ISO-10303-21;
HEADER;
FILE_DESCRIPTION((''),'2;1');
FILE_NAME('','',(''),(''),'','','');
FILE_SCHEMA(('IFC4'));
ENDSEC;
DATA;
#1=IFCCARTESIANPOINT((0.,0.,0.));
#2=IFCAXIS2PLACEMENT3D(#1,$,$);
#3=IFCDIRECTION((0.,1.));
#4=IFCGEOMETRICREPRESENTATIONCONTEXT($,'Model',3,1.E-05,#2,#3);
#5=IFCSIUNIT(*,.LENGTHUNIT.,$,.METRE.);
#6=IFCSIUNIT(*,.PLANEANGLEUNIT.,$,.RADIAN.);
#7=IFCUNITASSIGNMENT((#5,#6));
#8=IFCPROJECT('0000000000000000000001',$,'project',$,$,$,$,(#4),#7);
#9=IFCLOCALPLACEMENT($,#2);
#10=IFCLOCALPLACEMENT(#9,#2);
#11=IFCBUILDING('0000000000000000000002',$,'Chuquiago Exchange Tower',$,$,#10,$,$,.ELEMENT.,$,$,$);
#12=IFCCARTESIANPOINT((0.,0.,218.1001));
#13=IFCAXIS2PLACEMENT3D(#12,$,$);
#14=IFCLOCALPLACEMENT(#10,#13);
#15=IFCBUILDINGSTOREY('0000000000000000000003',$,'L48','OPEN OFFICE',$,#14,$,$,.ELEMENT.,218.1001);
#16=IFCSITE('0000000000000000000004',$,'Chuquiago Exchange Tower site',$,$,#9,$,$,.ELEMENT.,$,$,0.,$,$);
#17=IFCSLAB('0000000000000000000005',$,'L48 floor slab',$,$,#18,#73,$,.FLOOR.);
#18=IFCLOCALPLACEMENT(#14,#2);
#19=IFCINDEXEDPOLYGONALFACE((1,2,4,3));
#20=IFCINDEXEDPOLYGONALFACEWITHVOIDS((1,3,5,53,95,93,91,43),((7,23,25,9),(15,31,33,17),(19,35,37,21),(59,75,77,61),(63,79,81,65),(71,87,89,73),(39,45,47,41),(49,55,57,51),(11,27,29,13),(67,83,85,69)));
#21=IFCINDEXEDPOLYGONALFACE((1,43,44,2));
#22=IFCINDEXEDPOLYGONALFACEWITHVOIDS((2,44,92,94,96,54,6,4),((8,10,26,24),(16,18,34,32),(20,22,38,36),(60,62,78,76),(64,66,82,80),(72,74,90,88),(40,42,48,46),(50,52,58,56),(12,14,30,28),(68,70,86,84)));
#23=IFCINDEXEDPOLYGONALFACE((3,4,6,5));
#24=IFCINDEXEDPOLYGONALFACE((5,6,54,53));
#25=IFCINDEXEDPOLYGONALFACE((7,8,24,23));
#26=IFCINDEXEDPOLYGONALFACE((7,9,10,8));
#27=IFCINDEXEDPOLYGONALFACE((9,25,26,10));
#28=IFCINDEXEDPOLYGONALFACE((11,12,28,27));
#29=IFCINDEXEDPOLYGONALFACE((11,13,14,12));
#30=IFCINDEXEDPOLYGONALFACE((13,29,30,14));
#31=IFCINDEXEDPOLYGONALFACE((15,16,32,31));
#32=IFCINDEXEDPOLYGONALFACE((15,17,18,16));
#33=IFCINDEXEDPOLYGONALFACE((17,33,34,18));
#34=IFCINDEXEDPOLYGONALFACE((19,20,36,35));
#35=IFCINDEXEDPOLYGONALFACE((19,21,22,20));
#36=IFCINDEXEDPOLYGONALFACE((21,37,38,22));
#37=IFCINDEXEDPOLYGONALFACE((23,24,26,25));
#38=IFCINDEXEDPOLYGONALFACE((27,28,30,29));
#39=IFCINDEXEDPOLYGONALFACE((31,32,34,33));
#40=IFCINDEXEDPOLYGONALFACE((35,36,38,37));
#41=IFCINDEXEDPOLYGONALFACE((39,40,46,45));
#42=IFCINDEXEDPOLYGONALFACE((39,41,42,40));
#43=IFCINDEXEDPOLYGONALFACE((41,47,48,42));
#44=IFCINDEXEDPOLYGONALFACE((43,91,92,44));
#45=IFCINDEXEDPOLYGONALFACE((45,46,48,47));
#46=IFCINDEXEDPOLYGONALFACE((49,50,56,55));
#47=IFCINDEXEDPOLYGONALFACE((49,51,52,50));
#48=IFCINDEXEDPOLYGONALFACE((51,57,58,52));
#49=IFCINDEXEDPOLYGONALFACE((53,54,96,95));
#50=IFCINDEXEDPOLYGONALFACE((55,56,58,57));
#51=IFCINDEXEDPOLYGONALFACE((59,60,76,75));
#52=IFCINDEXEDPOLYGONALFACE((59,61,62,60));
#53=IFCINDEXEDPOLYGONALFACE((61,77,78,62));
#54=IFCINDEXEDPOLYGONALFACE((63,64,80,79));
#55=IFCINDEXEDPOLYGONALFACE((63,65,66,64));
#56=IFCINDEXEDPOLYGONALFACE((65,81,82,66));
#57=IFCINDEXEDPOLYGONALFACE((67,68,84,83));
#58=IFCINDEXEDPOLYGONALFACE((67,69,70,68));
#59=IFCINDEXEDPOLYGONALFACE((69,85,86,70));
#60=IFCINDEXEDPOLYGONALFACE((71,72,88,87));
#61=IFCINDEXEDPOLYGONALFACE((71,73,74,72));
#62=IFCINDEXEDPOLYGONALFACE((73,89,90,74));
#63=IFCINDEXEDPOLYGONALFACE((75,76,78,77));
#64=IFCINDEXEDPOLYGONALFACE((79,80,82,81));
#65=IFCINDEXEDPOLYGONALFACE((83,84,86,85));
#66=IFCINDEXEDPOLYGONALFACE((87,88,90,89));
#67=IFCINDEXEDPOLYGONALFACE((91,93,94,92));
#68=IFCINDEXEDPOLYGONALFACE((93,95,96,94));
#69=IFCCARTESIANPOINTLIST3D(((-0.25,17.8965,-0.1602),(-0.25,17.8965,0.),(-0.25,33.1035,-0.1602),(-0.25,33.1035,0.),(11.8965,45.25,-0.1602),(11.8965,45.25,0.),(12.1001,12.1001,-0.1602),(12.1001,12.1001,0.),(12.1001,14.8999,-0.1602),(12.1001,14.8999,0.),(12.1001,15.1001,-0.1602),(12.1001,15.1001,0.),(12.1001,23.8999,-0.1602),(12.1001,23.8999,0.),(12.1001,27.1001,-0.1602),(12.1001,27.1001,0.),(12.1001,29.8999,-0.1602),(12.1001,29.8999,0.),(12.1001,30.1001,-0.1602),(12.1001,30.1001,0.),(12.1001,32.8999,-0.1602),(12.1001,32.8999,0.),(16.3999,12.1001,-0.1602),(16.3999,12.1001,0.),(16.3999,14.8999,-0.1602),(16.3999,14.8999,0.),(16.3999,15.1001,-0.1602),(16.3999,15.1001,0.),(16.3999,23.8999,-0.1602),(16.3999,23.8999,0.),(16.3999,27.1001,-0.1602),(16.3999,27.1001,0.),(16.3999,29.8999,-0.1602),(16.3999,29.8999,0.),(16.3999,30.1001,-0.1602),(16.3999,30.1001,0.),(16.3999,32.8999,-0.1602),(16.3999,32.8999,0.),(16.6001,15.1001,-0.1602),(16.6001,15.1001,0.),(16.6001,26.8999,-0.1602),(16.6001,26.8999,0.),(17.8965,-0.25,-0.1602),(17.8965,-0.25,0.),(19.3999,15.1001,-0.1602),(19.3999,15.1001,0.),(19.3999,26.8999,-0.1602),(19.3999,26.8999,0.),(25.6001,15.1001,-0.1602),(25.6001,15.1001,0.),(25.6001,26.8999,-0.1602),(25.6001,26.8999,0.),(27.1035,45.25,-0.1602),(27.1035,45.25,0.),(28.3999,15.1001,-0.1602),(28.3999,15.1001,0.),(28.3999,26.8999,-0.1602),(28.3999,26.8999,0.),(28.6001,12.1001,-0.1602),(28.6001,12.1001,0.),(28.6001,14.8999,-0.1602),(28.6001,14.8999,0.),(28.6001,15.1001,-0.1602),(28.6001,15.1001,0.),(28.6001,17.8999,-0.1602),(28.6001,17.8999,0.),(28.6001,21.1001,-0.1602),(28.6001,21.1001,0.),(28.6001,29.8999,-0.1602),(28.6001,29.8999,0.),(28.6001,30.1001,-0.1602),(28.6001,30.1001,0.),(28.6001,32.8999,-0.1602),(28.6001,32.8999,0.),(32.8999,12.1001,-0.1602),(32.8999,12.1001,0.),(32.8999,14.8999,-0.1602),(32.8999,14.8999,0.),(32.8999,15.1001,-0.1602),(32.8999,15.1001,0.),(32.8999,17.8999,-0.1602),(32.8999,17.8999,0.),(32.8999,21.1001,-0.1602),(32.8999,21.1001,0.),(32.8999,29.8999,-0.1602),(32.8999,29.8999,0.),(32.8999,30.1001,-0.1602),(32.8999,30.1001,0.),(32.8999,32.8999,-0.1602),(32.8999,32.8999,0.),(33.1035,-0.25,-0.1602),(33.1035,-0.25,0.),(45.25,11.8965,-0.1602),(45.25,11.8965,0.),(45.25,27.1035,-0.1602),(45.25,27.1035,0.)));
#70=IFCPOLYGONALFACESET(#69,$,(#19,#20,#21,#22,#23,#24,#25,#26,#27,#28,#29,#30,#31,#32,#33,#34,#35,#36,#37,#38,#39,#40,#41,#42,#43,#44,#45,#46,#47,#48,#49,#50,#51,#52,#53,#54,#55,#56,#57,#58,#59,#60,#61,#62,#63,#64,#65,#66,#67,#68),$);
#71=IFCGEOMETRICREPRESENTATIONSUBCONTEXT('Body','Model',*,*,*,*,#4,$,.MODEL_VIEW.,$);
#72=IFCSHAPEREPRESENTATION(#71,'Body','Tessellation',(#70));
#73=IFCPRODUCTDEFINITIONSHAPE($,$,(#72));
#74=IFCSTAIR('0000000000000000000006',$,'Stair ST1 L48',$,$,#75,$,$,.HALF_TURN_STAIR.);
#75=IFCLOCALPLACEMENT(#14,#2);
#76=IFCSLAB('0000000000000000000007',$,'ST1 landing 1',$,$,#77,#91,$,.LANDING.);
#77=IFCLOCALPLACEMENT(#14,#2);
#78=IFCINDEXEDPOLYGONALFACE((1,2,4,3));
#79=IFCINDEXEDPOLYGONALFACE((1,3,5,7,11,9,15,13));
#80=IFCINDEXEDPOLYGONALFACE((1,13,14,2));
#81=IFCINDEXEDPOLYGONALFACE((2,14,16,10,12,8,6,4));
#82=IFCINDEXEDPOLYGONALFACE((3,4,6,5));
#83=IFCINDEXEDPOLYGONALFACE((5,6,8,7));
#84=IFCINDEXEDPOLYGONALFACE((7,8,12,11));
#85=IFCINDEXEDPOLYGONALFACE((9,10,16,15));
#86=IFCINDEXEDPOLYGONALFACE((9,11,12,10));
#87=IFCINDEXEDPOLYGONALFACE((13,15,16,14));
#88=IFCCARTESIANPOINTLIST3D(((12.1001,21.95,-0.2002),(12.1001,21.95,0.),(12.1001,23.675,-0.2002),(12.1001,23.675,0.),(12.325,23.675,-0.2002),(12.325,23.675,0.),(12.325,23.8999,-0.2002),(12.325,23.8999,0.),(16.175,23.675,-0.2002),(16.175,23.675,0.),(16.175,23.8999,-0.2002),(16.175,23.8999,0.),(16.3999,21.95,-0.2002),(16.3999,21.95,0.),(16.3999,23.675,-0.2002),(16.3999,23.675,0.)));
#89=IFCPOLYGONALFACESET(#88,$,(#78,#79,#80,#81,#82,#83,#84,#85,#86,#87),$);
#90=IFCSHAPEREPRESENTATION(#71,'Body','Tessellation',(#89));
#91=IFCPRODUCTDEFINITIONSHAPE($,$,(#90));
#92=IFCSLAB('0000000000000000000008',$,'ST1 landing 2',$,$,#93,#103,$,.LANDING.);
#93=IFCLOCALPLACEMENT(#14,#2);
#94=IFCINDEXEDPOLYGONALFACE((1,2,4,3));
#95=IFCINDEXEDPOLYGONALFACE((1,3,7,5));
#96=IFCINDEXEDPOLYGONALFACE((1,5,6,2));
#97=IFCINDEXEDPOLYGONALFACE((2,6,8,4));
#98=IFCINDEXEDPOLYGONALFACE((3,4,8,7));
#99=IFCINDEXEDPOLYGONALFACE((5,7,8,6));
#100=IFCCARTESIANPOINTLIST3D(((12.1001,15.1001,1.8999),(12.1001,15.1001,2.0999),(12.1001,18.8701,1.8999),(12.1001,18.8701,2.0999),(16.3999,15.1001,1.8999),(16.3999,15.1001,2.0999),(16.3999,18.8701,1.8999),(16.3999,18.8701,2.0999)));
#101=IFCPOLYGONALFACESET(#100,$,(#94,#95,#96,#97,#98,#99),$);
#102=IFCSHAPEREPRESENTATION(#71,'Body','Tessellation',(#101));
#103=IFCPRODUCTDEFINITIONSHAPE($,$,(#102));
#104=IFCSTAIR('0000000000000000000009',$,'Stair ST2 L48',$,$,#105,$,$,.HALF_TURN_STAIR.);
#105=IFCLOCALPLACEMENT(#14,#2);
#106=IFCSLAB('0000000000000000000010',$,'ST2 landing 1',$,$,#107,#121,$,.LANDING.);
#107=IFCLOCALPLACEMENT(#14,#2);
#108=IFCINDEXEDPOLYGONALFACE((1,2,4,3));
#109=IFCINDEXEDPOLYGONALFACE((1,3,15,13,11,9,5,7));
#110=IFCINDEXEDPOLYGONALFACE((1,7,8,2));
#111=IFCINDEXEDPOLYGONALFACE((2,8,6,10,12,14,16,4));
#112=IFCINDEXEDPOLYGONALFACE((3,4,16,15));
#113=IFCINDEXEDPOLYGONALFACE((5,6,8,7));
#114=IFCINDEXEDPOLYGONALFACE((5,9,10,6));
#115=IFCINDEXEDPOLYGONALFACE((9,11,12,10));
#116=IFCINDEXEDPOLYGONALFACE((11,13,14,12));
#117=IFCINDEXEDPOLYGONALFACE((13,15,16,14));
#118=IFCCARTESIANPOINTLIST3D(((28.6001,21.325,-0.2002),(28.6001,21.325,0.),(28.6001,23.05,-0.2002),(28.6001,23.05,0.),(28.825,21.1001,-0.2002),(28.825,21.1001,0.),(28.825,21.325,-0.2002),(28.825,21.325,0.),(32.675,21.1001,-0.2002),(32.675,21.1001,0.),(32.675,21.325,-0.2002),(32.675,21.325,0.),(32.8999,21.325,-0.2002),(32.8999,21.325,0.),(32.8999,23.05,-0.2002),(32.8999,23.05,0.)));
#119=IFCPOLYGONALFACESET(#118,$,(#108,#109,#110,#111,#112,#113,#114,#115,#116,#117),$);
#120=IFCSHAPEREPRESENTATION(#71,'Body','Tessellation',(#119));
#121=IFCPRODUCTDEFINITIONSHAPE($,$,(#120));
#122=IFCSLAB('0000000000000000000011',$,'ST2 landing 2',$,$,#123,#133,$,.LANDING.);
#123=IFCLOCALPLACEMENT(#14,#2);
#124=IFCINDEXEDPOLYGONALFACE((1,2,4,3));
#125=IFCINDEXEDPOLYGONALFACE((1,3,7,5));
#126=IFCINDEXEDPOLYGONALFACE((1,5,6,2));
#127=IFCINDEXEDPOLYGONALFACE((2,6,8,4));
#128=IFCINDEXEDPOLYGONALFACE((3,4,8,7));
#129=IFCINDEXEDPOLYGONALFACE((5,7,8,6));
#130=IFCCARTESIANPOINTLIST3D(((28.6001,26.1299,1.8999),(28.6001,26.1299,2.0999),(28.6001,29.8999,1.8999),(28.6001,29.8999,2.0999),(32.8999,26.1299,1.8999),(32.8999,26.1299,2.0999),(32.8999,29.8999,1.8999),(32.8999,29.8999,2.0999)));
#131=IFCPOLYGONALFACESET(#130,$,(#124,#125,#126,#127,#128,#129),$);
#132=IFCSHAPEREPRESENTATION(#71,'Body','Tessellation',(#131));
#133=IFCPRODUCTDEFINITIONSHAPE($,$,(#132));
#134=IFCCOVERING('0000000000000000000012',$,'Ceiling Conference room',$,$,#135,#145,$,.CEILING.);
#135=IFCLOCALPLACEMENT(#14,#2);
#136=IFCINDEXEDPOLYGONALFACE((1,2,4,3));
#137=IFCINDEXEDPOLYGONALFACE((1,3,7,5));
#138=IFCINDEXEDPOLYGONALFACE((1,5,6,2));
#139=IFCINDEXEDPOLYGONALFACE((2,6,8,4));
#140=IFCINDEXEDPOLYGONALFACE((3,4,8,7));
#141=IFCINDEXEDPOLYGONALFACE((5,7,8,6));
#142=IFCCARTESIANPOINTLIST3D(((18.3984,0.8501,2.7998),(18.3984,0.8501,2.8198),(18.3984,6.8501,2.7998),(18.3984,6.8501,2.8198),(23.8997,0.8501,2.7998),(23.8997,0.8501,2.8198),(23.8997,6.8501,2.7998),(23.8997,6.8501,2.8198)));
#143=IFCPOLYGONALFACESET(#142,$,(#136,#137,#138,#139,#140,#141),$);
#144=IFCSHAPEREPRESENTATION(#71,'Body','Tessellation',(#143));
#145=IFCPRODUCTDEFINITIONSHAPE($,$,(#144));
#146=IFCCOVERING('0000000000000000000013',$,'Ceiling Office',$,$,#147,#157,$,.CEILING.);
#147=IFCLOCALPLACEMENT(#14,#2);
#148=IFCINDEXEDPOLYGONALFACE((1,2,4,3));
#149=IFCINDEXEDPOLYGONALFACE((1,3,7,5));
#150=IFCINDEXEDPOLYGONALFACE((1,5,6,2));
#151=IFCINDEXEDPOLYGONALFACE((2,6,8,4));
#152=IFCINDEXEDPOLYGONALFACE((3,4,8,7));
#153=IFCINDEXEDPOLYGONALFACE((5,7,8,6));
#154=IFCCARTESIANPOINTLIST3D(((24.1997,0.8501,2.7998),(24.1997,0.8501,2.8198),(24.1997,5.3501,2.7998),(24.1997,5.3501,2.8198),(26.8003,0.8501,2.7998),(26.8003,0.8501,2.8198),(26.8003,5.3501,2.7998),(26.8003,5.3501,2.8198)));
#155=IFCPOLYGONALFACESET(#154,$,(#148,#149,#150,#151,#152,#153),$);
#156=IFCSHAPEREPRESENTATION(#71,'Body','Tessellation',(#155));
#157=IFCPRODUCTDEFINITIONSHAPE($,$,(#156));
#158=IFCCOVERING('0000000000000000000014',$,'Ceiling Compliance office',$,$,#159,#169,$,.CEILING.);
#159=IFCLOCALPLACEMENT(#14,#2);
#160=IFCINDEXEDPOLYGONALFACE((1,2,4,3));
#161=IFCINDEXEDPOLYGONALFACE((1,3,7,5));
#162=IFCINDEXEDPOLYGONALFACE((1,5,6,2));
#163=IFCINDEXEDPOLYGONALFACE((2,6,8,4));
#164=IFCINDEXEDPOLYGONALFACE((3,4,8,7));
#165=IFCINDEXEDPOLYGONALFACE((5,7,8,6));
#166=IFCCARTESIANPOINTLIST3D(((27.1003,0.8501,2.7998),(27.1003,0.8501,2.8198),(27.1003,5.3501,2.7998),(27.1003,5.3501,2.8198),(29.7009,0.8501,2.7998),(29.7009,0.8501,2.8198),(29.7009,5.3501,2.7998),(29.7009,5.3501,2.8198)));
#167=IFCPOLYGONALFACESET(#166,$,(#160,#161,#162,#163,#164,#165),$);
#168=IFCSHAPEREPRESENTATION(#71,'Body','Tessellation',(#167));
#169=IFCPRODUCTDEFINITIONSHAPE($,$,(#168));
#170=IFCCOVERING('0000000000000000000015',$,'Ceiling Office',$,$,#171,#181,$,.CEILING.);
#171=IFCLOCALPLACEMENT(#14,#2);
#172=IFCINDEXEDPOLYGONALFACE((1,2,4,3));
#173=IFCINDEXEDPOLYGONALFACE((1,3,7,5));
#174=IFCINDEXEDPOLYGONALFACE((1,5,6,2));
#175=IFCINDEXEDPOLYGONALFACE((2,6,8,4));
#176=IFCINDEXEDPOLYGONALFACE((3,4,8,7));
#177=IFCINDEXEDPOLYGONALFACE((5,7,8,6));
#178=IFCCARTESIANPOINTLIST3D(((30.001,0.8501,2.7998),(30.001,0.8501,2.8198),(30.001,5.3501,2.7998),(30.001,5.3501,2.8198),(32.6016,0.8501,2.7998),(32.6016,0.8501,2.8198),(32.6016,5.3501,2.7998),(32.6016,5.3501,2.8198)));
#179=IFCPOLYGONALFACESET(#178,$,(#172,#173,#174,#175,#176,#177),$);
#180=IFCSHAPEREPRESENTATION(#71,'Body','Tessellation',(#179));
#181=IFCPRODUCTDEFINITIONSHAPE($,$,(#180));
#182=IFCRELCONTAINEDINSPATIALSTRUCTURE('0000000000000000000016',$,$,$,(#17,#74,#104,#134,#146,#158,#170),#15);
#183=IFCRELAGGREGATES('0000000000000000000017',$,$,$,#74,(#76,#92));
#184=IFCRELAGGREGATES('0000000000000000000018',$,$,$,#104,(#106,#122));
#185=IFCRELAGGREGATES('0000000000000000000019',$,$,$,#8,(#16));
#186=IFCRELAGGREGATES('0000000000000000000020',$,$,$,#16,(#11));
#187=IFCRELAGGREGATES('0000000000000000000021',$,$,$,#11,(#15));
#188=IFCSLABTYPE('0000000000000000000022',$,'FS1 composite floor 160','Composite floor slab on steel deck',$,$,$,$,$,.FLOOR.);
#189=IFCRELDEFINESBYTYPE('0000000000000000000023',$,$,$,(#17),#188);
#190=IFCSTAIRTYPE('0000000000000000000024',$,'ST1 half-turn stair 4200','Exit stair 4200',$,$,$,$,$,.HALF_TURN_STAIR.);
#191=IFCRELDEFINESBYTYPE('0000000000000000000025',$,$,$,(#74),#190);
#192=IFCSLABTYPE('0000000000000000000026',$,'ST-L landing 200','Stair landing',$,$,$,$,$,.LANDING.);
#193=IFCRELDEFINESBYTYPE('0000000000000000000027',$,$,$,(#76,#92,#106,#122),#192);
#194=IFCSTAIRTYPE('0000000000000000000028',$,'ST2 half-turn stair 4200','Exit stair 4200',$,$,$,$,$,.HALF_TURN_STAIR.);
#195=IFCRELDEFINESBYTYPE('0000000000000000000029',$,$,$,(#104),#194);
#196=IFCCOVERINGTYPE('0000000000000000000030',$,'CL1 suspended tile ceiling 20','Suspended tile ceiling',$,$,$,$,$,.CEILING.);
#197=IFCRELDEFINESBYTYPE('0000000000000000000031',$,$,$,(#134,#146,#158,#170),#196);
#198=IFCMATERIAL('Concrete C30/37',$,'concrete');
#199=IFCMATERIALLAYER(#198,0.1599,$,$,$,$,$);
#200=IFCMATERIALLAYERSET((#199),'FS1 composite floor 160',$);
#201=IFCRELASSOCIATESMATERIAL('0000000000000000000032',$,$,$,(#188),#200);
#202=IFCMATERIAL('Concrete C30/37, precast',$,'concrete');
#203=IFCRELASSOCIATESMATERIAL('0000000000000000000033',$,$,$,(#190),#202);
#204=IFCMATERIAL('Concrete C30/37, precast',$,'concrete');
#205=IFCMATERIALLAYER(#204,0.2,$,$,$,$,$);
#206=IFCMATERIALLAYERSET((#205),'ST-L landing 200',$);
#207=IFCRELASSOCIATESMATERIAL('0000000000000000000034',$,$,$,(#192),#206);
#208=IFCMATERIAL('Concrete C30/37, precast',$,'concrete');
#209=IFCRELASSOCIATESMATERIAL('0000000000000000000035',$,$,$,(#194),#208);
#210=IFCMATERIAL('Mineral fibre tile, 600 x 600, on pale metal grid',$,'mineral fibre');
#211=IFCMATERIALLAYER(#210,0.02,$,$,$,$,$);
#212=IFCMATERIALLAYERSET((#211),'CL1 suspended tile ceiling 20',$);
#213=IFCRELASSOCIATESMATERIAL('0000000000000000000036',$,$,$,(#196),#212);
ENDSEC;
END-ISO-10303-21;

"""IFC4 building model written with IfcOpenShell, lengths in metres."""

from ifc_helpers import new_model, si_unit, direction, frame, origin, place, context, subcontext, project, spatial, polyline, outline, extrude, material, layer, layer_set, type_object, element, aggregate, save


model = new_model("IFC4")

# Units and contexts
model_context = context("Model", 3, precision=1e-05, world=origin(), true_north=direction((0.0, 1.0)))
body_context = subcontext(model_context, "Body", "Model", "MODEL_VIEW")
ifc_project = project(units=[si_unit("LENGTHUNIT", "METRE"), si_unit("PLANEANGLEUNIT", "RADIAN")], contexts=[model_context])

# Site, building, storey
site_placement = place(None, origin())
site = spatial("IfcSite", under=ifc_project, at=site_placement, Name="Chuquiago Exchange Tower site", CompositionType="ELEMENT", RefElevation=0.0)
building_placement = place(site_placement, origin())
building = spatial("IfcBuilding", under=site, at=building_placement, Name="Chuquiago Exchange Tower", CompositionType="ELEMENT")
storey_placement = place(building_placement, frame((0.0, 0.0, 218.1001)))
storey = spatial("IfcBuildingStorey", under=building, at=storey_placement, Name="L48", Description="OPEN OFFICE", CompositionType="ELEMENT", Elevation=218.1001)

# Slab
ifc_material_1 = material(Name="Concrete C30/37", Category="concrete")
ifc_layer_1 = layer(ifc_material_1, 0.1599)
ifc_layer_set_1 = layer_set([ifc_layer_1], Name="FS1 composite floor 160")
slab_type_1 = type_object("IfcSlabType", Name="FS1 composite floor 160", Description="Composite floor slab on steel deck", PredefinedType="FLOOR", material=ifc_layer_set_1)
slab_1_placement = place(storey_placement, frame((0.0, 0.0, -0.1602)))
element("IfcSlab", 1, at=slab_1_placement, inside=storey, type_object=slab_type_1, Name="L48 floor slab", PredefinedType="FLOOR", context=body_context, shape_type="SweptSolid", body=[
    extrude(outline(polyline([(17.8965, -0.25), (-0.25, 17.8965), (-0.25, 33.1035), (11.8965, 45.25), (27.1035, 45.25), (45.25, 27.1035), (45.25, 11.8965), (33.1035, -0.25), (17.8965, -0.25)]), holes=[polyline([(16.3999, 15.1001), (12.1001, 15.1001), (12.1001, 23.8999), (16.3999, 23.8999), (16.3999, 15.1001)]), polyline([(32.8999, 21.1001), (28.6001, 21.1001), (28.6001, 29.8999), (32.8999, 29.8999), (32.8999, 21.1001)]), polyline([(16.3999, 12.1001), (12.1001, 12.1001), (12.1001, 14.8999), (16.3999, 14.8999), (16.3999, 12.1001)]), polyline([(16.3999, 30.1001), (12.1001, 30.1001), (12.1001, 32.8999), (16.3999, 32.8999), (16.3999, 30.1001)]), polyline([(32.8999, 12.1001), (28.6001, 12.1001), (28.6001, 14.8999), (32.8999, 14.8999), (32.8999, 12.1001)]), polyline([(32.8999, 30.1001), (28.6001, 30.1001), (28.6001, 32.8999), (32.8999, 32.8999), (32.8999, 30.1001)]), polyline([(16.3999, 27.1001), (12.1001, 27.1001), (12.1001, 29.8999), (16.3999, 29.8999), (16.3999, 27.1001)]), polyline([(32.8999, 15.1001), (28.6001, 15.1001), (28.6001, 17.8999), (32.8999, 17.8999), (32.8999, 15.1001)]), polyline([(19.3999, 15.1001), (16.6001, 15.1001), (16.6001, 26.8999), (19.3999, 26.8999), (19.3999, 15.1001)]), polyline([(28.3999, 15.1001), (25.6001, 15.1001), (25.6001, 26.8999), (28.3999, 26.8999), (28.3999, 15.1001)])]), origin(), (0.0, 0.0, 1.0), 0.1602),
])

# Stairs, slabs
ifc_material_2 = material(Name="Concrete C30/37, precast", Category="concrete")
stair_type_1 = type_object("IfcStairType", Name="ST1 half-turn stair 4200", Description="Exit stair 4200", PredefinedType="HALF_TURN_STAIR", material=ifc_material_2)
stair_1_placement = place(storey_placement, origin())
stair_1 = element("IfcStair", 2, at=stair_1_placement, inside=storey, type_object=stair_type_1, Name="Stair ST1 L48", PredefinedType="HALF_TURN_STAIR")
ifc_material_3 = material(Name="Concrete C30/37, precast", Category="concrete")
ifc_layer_2 = layer(ifc_material_3, 0.2)
ifc_layer_set_2 = layer_set([ifc_layer_2], Name="ST-L landing 200")
slab_type_2 = type_object("IfcSlabType", Name="ST-L landing 200", Description="Stair landing", PredefinedType="LANDING", material=ifc_layer_set_2)
slab_2_placement = place(storey_placement, frame((0.0, 0.0, -0.2002)))
slab_2 = element("IfcSlab", 3, at=slab_2_placement, type_object=slab_type_2, Name="ST1 landing 1", PredefinedType="LANDING", context=body_context, shape_type="SweptSolid", body=[
    extrude(outline(polyline([(12.325, 23.8999), (16.175, 23.8999), (16.175, 23.675), (16.3999, 23.675), (16.3999, 21.95), (12.1001, 21.95), (12.1001, 23.675), (12.325, 23.675), (12.325, 23.8999)])), origin(), (0.0, 0.0, 1.0), 0.2002),
])
slab_3_placement = place(storey_placement, frame((0.0, 0.0, 1.8999)))
slab_3 = element("IfcSlab", 4, at=slab_3_placement, type_object=slab_type_2, Name="ST1 landing 2", PredefinedType="LANDING", context=body_context, shape_type="SweptSolid", body=[
    extrude(outline(polyline([(12.1001, 18.8701), (16.3999, 18.8701), (16.3999, 15.1001), (12.1001, 15.1001), (12.1001, 18.8701)])), origin(), (0.0, 0.0, 1.0), 0.2),
])
aggregate(stair_1, [slab_2, slab_3])
ifc_material_4 = material(Name="Concrete C30/37, precast", Category="concrete")
stair_type_2 = type_object("IfcStairType", Name="ST2 half-turn stair 4200", Description="Exit stair 4200", PredefinedType="HALF_TURN_STAIR", material=ifc_material_4)
stair_2_placement = place(storey_placement, origin())
stair_2 = element("IfcStair", 5, at=stair_2_placement, inside=storey, type_object=stair_type_2, Name="Stair ST2 L48", PredefinedType="HALF_TURN_STAIR")
slab_4_placement = place(storey_placement, frame((0.0, 0.0, -0.2002)))
slab_4 = element("IfcSlab", 6, at=slab_4_placement, type_object=slab_type_2, Name="ST2 landing 1", PredefinedType="LANDING", context=body_context, shape_type="SweptSolid", body=[
    extrude(outline(polyline([(32.675, 21.325), (32.675, 21.1001), (28.825, 21.1001), (28.825, 21.325), (28.6001, 21.325), (28.6001, 23.05), (32.8999, 23.05), (32.8999, 21.325), (32.675, 21.325)])), origin(), (0.0, 0.0, 1.0), 0.2002),
])
slab_5_placement = place(storey_placement, frame((0.0, 0.0, 1.8999)))
slab_5 = element("IfcSlab", 7, at=slab_5_placement, type_object=slab_type_2, Name="ST2 landing 2", PredefinedType="LANDING", context=body_context, shape_type="SweptSolid", body=[
    extrude(outline(polyline([(28.6001, 29.8999), (32.8999, 29.8999), (32.8999, 26.1299), (28.6001, 26.1299), (28.6001, 29.8999)])), origin(), (0.0, 0.0, 1.0), 0.2),
])
aggregate(stair_2, [slab_4, slab_5])

# Coverings
ifc_material_5 = material(Name="Mineral fibre tile, 600 x 600, on pale metal grid", Category="mineral fibre")
ifc_layer_3 = layer(ifc_material_5, 0.02)
ifc_layer_set_3 = layer_set([ifc_layer_3], Name="CL1 suspended tile ceiling 20")
covering_type_1 = type_object("IfcCoveringType", Name="CL1 suspended tile ceiling 20", Description="Suspended tile ceiling", PredefinedType="CEILING", material=ifc_layer_set_3)
covering_1_placement = place(storey_placement, frame((0.0, 0.0, 2.7998)))
element("IfcCovering", 8, at=covering_1_placement, inside=storey, type_object=covering_type_1, Name="Ceiling Conference room", PredefinedType="CEILING", context=body_context, shape_type="SweptSolid", body=[
    extrude(outline(polyline([(18.3984, 6.8501), (23.8997, 6.8501), (23.8997, 0.8501), (18.3984, 0.8501), (18.3984, 6.8501)])), origin(), (0.0, 0.0, 1.0), 0.02),
])
covering_2_placement = place(storey_placement, frame((0.0, 0.0, 2.7998)))
element("IfcCovering", 9, at=covering_2_placement, inside=storey, type_object=covering_type_1, Name="Ceiling Office", PredefinedType="CEILING", context=body_context, shape_type="SweptSolid", body=[
    extrude(outline(polyline([(24.1997, 5.3501), (26.8003, 5.3501), (26.8003, 0.8501), (24.1997, 0.8501), (24.1997, 5.3501)])), origin(), (0.0, 0.0, 1.0), 0.02),
])
covering_3_placement = place(storey_placement, frame((0.0, 0.0, 2.7998)))
element("IfcCovering", 10, at=covering_3_placement, inside=storey, type_object=covering_type_1, Name="Ceiling Compliance office", PredefinedType="CEILING", context=body_context, shape_type="SweptSolid", body=[
    extrude(outline(polyline([(27.1003, 5.3501), (29.7009, 5.3501), (29.7009, 0.8501), (27.1003, 0.8501), (27.1003, 5.3501)])), origin(), (0.0, 0.0, 1.0), 0.02),
])
covering_4_placement = place(storey_placement, frame((0.0, 0.0, 2.7998)))
element("IfcCovering", 11, at=covering_4_placement, inside=storey, type_object=covering_type_1, Name="Ceiling Office", PredefinedType="CEILING", context=body_context, shape_type="SweptSolid", body=[
    extrude(outline(polyline([(30.001, 0.8501), (30.001, 5.3501), (32.6016, 5.3501), (32.6016, 0.8501), (30.001, 0.8501)])), origin(), (0.0, 0.0, 1.0), 0.02),
])

save(model, "model.ifc")
